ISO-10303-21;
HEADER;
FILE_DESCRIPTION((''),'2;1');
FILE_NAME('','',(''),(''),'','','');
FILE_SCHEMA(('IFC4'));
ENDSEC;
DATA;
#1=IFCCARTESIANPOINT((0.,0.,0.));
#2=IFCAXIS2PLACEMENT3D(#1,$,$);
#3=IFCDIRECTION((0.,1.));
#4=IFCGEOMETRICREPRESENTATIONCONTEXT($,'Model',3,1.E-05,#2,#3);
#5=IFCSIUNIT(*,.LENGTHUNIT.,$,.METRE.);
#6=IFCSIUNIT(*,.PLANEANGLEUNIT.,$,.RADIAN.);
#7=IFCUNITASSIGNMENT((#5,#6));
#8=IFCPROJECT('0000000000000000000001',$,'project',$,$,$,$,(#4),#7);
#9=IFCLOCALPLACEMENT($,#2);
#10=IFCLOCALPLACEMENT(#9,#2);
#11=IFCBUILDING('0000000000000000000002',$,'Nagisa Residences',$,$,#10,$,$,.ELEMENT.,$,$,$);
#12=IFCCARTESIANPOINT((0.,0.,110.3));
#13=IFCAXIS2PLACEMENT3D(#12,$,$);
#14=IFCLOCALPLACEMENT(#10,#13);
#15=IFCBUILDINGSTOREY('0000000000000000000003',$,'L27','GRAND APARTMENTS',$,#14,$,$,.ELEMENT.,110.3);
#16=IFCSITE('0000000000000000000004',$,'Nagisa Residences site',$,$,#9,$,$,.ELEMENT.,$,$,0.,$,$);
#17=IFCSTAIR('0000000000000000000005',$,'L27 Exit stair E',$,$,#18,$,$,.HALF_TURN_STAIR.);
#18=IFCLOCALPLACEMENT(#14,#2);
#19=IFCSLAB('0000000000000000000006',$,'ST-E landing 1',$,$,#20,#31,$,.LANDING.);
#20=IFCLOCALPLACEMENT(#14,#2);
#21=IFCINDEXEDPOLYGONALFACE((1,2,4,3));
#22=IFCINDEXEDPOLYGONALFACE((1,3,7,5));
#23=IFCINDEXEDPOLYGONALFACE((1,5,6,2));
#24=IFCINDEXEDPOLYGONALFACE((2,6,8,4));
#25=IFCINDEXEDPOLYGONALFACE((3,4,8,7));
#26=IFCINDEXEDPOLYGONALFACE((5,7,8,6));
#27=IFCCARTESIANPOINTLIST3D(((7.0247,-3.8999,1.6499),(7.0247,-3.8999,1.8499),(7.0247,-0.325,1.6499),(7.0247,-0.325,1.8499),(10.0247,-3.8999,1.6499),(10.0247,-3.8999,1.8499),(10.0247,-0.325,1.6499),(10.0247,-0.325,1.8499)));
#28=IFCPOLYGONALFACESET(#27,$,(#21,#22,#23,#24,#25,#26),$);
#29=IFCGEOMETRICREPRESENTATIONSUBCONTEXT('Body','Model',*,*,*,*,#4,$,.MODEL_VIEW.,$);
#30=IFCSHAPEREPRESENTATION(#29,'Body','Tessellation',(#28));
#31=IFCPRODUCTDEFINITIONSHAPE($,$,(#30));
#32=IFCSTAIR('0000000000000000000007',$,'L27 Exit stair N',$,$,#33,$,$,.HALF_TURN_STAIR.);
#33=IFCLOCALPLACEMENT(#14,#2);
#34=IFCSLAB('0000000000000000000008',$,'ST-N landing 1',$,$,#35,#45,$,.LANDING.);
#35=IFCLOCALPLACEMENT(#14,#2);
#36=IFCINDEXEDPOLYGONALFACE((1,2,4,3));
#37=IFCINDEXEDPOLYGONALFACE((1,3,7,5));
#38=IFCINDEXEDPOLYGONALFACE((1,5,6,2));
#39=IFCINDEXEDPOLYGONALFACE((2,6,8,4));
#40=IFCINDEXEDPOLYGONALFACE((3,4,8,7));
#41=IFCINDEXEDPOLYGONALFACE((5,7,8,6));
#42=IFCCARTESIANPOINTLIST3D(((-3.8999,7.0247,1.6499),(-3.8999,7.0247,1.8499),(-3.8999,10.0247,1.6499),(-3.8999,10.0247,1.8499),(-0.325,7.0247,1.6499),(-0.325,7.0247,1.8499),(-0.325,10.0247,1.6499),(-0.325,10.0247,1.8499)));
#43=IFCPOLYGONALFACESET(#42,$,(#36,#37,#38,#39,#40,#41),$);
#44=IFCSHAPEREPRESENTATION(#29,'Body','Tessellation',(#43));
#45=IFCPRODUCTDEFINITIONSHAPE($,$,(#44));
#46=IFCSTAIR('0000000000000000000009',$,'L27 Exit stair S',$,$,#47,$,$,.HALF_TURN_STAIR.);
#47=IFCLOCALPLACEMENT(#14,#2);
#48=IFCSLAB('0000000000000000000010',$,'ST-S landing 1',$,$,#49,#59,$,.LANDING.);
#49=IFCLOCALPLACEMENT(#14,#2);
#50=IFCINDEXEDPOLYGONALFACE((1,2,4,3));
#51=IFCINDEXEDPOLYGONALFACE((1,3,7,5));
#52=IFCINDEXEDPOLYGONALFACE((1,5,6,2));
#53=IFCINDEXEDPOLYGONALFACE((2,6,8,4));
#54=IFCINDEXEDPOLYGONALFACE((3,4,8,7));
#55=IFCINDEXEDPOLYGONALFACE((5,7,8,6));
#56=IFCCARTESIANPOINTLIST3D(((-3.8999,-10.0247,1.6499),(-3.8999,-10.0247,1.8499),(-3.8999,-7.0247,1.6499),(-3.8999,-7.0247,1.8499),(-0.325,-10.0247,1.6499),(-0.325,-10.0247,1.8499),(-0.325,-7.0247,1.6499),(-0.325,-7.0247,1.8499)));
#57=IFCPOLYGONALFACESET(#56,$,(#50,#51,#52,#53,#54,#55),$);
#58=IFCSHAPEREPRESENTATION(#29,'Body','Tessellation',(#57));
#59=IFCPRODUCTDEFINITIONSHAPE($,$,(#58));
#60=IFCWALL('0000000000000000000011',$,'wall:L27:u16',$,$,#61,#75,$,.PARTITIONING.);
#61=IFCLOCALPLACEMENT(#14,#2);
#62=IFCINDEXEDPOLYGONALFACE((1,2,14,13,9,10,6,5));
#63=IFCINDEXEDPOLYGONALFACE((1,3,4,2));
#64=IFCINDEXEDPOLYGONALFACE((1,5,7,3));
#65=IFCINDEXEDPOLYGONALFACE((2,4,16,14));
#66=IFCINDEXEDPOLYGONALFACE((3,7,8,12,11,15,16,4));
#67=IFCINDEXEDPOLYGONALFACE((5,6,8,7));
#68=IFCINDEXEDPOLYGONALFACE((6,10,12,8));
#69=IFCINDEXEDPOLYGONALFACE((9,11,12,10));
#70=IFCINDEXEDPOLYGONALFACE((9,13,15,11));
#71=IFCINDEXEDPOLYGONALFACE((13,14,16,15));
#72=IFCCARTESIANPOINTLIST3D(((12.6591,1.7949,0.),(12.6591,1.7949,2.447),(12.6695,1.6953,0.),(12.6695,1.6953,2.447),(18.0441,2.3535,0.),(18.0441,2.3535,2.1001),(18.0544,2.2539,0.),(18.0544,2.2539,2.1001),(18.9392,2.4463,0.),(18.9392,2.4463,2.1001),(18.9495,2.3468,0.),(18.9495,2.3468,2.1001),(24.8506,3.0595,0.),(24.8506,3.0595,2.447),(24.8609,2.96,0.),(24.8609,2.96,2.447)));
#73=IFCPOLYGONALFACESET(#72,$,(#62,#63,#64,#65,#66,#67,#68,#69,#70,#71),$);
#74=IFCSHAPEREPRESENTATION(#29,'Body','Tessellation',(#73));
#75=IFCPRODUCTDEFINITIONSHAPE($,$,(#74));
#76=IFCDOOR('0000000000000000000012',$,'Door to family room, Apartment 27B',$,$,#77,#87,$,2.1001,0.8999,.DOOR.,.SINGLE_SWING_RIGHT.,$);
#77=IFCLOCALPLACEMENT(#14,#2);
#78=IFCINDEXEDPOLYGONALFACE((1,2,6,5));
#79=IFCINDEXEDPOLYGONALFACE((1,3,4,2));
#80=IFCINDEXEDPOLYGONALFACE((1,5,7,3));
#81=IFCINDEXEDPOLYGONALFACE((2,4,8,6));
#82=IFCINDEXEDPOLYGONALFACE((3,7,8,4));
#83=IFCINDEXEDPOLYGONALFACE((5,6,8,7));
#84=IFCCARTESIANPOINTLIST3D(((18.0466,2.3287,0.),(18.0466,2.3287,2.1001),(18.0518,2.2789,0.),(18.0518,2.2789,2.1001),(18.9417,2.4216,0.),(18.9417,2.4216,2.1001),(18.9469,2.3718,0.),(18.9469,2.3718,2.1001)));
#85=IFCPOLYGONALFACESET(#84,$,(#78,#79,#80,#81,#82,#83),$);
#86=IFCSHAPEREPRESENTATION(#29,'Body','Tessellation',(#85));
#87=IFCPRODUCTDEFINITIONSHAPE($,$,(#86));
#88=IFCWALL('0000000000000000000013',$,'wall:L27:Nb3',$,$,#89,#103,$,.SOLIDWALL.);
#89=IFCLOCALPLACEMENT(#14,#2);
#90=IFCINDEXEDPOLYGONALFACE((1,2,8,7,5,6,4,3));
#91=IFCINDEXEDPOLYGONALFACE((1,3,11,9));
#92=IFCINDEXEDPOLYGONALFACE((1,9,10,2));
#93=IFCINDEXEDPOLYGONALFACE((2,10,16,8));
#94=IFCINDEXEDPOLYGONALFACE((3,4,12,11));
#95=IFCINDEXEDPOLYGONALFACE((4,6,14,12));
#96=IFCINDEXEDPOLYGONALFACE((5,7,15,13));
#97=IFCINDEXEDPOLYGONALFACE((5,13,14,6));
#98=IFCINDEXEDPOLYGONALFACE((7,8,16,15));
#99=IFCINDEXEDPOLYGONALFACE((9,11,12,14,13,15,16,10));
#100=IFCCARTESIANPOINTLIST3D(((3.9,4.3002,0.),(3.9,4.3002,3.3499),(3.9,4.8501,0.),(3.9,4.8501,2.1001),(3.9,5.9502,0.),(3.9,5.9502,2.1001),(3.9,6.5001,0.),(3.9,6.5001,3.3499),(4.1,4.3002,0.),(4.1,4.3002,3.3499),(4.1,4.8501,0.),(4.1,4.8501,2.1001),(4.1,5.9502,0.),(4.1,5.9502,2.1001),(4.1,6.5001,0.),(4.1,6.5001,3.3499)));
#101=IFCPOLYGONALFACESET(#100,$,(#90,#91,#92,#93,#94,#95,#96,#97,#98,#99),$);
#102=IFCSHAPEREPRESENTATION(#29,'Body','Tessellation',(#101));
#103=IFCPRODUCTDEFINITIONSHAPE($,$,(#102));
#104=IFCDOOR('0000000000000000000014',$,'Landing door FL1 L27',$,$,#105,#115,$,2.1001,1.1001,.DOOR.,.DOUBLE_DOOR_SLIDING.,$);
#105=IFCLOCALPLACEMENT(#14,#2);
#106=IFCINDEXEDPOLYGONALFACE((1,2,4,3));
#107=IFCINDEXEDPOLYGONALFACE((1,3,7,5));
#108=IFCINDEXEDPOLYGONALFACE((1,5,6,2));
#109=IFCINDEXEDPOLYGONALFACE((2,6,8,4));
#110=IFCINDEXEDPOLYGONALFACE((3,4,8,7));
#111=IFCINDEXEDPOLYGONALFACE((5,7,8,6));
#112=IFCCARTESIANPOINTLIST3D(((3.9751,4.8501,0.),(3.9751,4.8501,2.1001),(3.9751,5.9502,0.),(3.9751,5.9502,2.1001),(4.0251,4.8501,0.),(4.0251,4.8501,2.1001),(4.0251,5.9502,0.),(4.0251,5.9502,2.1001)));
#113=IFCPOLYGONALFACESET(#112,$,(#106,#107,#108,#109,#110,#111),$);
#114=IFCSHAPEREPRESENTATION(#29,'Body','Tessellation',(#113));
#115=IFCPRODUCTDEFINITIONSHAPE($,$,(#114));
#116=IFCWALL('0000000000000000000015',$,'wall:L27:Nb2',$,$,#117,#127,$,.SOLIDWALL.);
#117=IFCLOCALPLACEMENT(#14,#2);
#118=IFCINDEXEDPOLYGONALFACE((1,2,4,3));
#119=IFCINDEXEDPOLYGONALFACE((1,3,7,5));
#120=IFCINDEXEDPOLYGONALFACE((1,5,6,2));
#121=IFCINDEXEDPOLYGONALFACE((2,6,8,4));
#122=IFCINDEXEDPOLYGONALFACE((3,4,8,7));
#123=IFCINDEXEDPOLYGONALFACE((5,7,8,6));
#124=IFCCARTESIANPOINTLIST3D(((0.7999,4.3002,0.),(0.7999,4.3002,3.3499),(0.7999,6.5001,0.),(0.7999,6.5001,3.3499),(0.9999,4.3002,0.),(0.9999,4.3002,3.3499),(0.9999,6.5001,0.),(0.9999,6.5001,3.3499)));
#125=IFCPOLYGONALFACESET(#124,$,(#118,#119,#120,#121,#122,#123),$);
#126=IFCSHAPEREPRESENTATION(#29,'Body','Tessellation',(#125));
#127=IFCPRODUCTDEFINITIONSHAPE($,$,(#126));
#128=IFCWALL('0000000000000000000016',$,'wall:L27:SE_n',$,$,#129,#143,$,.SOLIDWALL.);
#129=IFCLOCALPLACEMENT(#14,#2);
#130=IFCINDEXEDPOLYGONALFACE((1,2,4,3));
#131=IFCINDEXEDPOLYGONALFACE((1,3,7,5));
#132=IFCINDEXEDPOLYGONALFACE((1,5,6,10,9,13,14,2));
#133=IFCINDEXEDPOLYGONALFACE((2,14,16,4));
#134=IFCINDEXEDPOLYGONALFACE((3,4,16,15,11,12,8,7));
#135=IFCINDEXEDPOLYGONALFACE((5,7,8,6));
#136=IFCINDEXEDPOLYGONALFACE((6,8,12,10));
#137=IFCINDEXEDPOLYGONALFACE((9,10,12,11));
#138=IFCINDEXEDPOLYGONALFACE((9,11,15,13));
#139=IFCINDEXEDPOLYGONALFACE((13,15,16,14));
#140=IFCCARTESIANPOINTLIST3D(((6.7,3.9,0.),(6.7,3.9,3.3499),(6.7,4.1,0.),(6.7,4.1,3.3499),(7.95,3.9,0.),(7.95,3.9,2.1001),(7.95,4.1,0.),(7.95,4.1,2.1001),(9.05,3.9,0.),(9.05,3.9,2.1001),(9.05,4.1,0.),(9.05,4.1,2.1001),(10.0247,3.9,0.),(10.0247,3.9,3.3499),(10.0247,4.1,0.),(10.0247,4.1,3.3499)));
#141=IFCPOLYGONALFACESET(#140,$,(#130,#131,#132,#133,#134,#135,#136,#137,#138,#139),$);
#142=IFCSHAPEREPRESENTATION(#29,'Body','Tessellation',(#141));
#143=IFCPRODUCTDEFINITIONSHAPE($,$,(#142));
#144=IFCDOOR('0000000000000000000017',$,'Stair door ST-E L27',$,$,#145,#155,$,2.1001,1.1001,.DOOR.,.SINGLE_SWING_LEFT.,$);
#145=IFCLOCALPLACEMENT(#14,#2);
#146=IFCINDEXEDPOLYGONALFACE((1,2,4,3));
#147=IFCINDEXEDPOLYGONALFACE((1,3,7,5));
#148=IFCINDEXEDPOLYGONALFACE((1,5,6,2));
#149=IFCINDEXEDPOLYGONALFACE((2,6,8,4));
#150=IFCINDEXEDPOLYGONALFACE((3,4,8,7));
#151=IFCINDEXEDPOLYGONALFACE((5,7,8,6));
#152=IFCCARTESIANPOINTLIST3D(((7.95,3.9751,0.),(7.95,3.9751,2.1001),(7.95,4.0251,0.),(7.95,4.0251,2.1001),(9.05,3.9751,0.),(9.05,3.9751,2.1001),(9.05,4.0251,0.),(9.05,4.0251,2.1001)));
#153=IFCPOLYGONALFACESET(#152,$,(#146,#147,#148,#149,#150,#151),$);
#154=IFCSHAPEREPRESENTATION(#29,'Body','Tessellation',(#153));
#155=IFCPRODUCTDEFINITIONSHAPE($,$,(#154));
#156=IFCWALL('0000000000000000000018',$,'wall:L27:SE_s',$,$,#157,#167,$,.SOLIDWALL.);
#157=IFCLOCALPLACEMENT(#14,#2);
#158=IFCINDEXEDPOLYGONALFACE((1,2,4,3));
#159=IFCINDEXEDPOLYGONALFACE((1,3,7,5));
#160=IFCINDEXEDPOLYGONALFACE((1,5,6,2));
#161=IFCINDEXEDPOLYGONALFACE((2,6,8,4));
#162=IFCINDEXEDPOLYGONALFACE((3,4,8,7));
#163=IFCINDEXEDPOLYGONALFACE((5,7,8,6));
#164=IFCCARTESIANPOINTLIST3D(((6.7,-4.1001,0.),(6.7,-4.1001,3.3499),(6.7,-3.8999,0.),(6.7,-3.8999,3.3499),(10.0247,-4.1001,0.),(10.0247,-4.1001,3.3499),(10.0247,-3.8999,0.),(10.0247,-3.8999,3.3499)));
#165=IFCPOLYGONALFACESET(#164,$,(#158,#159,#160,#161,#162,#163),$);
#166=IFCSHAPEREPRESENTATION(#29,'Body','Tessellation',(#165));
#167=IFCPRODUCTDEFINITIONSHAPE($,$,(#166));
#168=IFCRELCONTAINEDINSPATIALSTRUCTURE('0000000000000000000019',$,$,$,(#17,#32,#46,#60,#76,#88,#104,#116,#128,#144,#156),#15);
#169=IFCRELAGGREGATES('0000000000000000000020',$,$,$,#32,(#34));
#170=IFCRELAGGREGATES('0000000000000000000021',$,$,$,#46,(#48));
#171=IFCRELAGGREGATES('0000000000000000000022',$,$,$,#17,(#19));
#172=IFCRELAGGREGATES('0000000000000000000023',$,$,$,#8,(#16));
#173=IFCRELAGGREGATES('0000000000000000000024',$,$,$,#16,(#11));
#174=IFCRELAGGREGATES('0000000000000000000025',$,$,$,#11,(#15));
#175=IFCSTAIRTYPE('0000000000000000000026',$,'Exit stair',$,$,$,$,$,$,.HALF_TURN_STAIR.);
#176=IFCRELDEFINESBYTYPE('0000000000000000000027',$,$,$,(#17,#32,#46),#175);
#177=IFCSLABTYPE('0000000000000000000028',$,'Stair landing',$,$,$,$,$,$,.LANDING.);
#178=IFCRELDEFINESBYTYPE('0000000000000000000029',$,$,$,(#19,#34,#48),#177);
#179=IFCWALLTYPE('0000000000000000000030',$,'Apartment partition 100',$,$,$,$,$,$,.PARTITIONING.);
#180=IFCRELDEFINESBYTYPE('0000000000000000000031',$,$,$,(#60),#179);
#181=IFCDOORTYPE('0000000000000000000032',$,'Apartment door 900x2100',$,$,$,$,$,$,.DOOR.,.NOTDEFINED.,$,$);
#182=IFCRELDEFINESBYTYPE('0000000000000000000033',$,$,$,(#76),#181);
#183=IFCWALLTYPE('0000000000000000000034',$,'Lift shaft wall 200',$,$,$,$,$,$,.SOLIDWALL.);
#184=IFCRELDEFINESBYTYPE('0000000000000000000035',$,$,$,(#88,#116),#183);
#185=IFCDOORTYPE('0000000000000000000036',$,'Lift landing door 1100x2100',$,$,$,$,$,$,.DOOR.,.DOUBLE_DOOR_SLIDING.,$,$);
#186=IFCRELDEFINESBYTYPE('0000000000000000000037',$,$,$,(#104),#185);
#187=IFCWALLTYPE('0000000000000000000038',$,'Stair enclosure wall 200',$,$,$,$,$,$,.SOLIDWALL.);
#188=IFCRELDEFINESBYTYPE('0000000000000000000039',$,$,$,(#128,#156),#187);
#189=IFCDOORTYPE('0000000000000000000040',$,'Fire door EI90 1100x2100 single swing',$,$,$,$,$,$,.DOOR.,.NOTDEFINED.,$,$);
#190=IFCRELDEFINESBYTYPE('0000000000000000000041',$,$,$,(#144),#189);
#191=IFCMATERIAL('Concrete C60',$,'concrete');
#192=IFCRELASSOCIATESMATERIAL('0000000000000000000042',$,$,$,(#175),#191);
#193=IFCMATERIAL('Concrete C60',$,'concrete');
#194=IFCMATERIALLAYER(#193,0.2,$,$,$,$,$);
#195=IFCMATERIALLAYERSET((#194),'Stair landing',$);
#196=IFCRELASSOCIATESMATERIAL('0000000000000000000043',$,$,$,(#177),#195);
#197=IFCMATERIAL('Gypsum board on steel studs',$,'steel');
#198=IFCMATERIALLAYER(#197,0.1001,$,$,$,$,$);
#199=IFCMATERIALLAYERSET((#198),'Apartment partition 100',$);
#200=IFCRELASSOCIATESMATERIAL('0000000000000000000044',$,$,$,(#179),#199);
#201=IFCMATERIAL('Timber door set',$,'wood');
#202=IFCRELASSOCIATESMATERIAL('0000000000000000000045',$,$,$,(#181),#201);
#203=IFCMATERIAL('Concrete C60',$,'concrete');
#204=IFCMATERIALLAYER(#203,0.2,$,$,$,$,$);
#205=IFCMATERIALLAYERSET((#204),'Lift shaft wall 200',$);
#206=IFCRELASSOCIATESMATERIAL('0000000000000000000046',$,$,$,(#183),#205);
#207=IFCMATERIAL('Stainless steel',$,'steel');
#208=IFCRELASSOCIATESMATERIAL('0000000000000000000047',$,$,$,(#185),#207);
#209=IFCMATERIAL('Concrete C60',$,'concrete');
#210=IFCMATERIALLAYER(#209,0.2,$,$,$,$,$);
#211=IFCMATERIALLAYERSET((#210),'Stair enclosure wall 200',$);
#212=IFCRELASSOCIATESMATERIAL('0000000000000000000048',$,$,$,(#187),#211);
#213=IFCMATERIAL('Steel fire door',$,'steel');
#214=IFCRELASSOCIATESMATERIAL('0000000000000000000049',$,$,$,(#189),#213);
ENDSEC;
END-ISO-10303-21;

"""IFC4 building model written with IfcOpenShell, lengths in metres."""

from ifc_helpers import new_model, si_unit, direction, frame, frame_2d, origin, place, context, subcontext, project, spatial, polyline, rectangle, outline, extrude, material, layer, layer_set, type_object, element, fill, aggregate, save


model = new_model("IFC4")

# Units and contexts
model_context = context("Model", 3, precision=1e-05, world=origin(), true_north=direction((0.0, 1.0)))
body_context = subcontext(model_context, "Body", "Model", "MODEL_VIEW")
ifc_project = project(units=[si_unit("LENGTHUNIT", "METRE"), si_unit("PLANEANGLEUNIT", "RADIAN")], contexts=[model_context])

# Site, building, storey
site_placement = place(None, origin())
site = spatial("IfcSite", under=ifc_project, at=site_placement, Name="Nagisa Residences site", CompositionType="ELEMENT", RefElevation=0.0)
building_placement = place(site_placement, origin())
building = spatial("IfcBuilding", under=site, at=building_placement, Name="Nagisa Residences", CompositionType="ELEMENT")
storey_placement = place(building_placement, frame((0.0, 0.0, 110.3)))
storey = spatial("IfcBuildingStorey", under=building, at=storey_placement, Name="L27", Description="GRAND APARTMENTS", CompositionType="ELEMENT", Elevation=110.3)

# Stairs, slabs
ifc_material_1 = material(Name="Concrete C60", Category="concrete")
stair_type = type_object("IfcStairType", Name="Exit stair", PredefinedType="HALF_TURN_STAIR", material=ifc_material_1)
stair_1_placement = place(storey_placement, origin())
stair_1 = element("IfcStair", 1, at=stair_1_placement, inside=storey, type_object=stair_type, Name="L27 Exit stair E", PredefinedType="HALF_TURN_STAIR")
ifc_material_2 = material(Name="Concrete C60", Category="concrete")
ifc_layer_1 = layer(ifc_material_2, 0.2)
ifc_layer_set_1 = layer_set([ifc_layer_1], Name="Stair landing")
slab_type = type_object("IfcSlabType", Name="Stair landing", PredefinedType="LANDING", material=ifc_layer_set_1)
slab_1_placement = place(storey_placement, frame((0.0, 0.0, 1.6499)))
slab_1 = element("IfcSlab", 2, at=slab_1_placement, type_object=slab_type, Name="ST-E landing 1", PredefinedType="LANDING", context=body_context, shape_type="SweptSolid", body=[
    extrude(outline(polyline([(7.0247, -0.325), (7.0247, -3.8999), (10.0247, -3.8999), (10.0247, -0.325), (7.0247, -0.325)])), origin(), (0.0, 0.0, 1.0), 0.2),
])
stair_2_placement = place(storey_placement, origin())
stair_2 = element("IfcStair", 3, at=stair_2_placement, inside=storey, type_object=stair_type, Name="L27 Exit stair N", PredefinedType="HALF_TURN_STAIR")
slab_2_placement = place(storey_placement, frame((0.0, 0.0, 1.6499)))
slab_2 = element("IfcSlab", 4, at=slab_2_placement, type_object=slab_type, Name="ST-N landing 1", PredefinedType="LANDING", context=body_context, shape_type="SweptSolid", body=[
    extrude(outline(polyline([(-0.325, 10.0247), (-3.8999, 10.0247), (-3.8999, 7.0247), (-0.325, 7.0247), (-0.325, 10.0247)])), origin(), (0.0, 0.0, 1.0), 0.2),
])
aggregate(stair_2, [slab_2])
stair_3_placement = place(storey_placement, origin())
stair_3 = element("IfcStair", 5, at=stair_3_placement, inside=storey, type_object=stair_type, Name="L27 Exit stair S", PredefinedType="HALF_TURN_STAIR")
slab_3_placement = place(storey_placement, frame((0.0, 0.0, 1.6499)))
slab_3 = element("IfcSlab", 6, at=slab_3_placement, type_object=slab_type, Name="ST-S landing 1", PredefinedType="LANDING", context=body_context, shape_type="SweptSolid", body=[
    extrude(outline(polyline([(-0.325, -7.0247), (-3.8999, -7.0247), (-3.8999, -10.0247), (-0.325, -10.0247), (-0.325, -7.0247)])), origin(), (0.0, 0.0, 1.0), 0.2),
])
aggregate(stair_3, [slab_3])

# Walls, openings, doors
ifc_material_3 = material(Name="Gypsum board on steel studs", Category="steel")
ifc_layer_2 = layer(ifc_material_3, 0.1001)
ifc_layer_set_2 = layer_set([ifc_layer_2], Name="Apartment partition 100")
wall_type_1 = type_object("IfcWallType", Name="Apartment partition 100", PredefinedType="PARTITIONING", material=ifc_layer_set_2)
wall_1_placement = place(storey_placement, frame((12.6643, 1.7451, 0.0), z_axis=(0.0, 0.0, 1.0), x_axis=(0.994663, 0.103179, 0.0)))
wall_1 = element("IfcWall", 7, at=wall_1_placement, inside=storey, type_object=wall_type_1, Name="wall:L27:u16", PredefinedType="PARTITIONING", context=body_context, shape_type="SweptSolid", body=[
    extrude(rectangle(XDim=12.2568, YDim=0.1001, at=frame_2d((6.1284, 0.0))), origin(), (0.0, 0.0, 1.0), 2.447),
])
opening_1_placement = place(wall_1_placement, frame((5.4138, 0.0, 0.0)))
opening_1 = element("IfcOpeningElement", 8, at=opening_1_placement, cuts=wall_1, PredefinedType="OPENING", context=body_context, shape_type="SweptSolid", body=[
    extrude(rectangle(XDim=0.8999, YDim=2.1001, at=frame_2d((0.45, 1.05))), frame((0.0, 0.0601, 0.0), z_axis=(0.0, -1.0, 0.0), x_axis=(1.0, 0.0, 0.0)), (0.0, 0.0, 1.0), 0.1201),
])
ifc_material_4 = material(Name="Timber door set", Category="wood")
door_type_1 = type_object("IfcDoorType", Name="Apartment door 900x2100", OperationType="NOTDEFINED", PredefinedType="DOOR", material=ifc_material_4)
door_1_placement = place(opening_1_placement, frame((0.8999, 0.0, 0.0), x_axis=(-1.0, 0.0, 0.0)))
door_1 = element("IfcDoor", 9, at=door_1_placement, inside=storey, type_object=door_type_1, Name="Door to family room, Apartment 27B", OperationType="SINGLE_SWING_RIGHT", OverallHeight=2.1001, OverallWidth=0.8999, PredefinedType="DOOR", context=body_context, shape_type="SweptSolid", body=[
    extrude(rectangle(XDim=0.8999, YDim=2.1001, at=frame_2d((0.45, 1.05))), frame((0.0, 0.0249, 0.0), z_axis=(0.0, -1.0, 0.0), x_axis=(1.0, 0.0, 0.0)), (0.0, 0.0, 1.0), 0.05),
])
fill(opening_1, door_1)
ifc_material_5 = material(Name="Concrete C60", Category="concrete")
ifc_layer_3 = layer(ifc_material_5, 0.2)
ifc_layer_set_3 = layer_set([ifc_layer_3], Name="Lift shaft wall 200")
wall_type_2 = type_object("IfcWallType", Name="Lift shaft wall 200", PredefinedType="SOLIDWALL", material=ifc_layer_set_3)
wall_2_placement = place(storey_placement, frame((4.0, 4.3, 0.0), z_axis=(0.0, 0.0, 1.0), x_axis=(0.0, 1.0, 0.0)))
wall_2 = element("IfcWall", 10, at=wall_2_placement, inside=storey, type_object=wall_type_2, Name="wall:L27:Nb3", PredefinedType="SOLIDWALL", context=body_context, shape_type="SweptSolid", body=[
    extrude(rectangle(XDim=2.2, YDim=0.2, at=frame_2d((1.1001, 0.0))), origin(), (0.0, 0.0, 1.0), 3.3499),
])
opening_2_placement = place(wall_2_placement, frame((0.55, 0.0, 0.0)))
opening_2 = element("IfcOpeningElement", 11, at=opening_2_placement, cuts=wall_2, PredefinedType="OPENING", context=body_context, shape_type="SweptSolid", body=[
    extrude(rectangle(XDim=1.1001, YDim=2.1001, at=frame_2d((0.55, 1.05))), frame((0.0, 0.1099, 0.0), z_axis=(0.0, -1.0, 0.0), x_axis=(1.0, 0.0, 0.0)), (0.0, 0.0, 1.0), 0.22),
])
ifc_material_6 = material(Name="Stainless steel", Category="steel")
door_type_2 = type_object("IfcDoorType", Name="Lift landing door 1100x2100", OperationType="DOUBLE_DOOR_SLIDING", PredefinedType="DOOR", material=ifc_material_6)
door_2_placement = place(opening_2_placement, origin())
door_2 = element("IfcDoor", 12, at=door_2_placement, inside=storey, type_object=door_type_2, Name="Landing door FL1 L27", OperationType="DOUBLE_DOOR_SLIDING", OverallHeight=2.1001, OverallWidth=1.1001, PredefinedType="DOOR", context=body_context, shape_type="SweptSolid", body=[
    extrude(rectangle(XDim=1.1001, YDim=2.1001, at=frame_2d((0.55, 1.05))), frame((0.0, 0.0249, 0.0), z_axis=(0.0, -1.0, 0.0), x_axis=(1.0, 0.0, 0.0)), (0.0, 0.0, 1.0), 0.05),
])
fill(opening_2, door_2)

# Wall
wall_3_placement = place(storey_placement, frame((0.8999, 4.3, 0.0), z_axis=(0.0, 0.0, 1.0), x_axis=(0.0, 1.0, 0.0)))
element("IfcWall", 13, at=wall_3_placement, inside=storey, type_object=wall_type_2, Name="wall:L27:Nb2", PredefinedType="SOLIDWALL", context=body_context, shape_type="SweptSolid", body=[
    extrude(rectangle(XDim=2.2, YDim=0.2, at=frame_2d((1.1001, 0.0))), origin(), (0.0, 0.0, 1.0), 3.3499),
])

# Wall, opening, door
ifc_material_7 = material(Name="Concrete C60", Category="concrete")
ifc_layer_4 = layer(ifc_material_7, 0.2)
ifc_layer_set_4 = layer_set([ifc_layer_4], Name="Stair enclosure wall 200")
wall_type_3 = type_object("IfcWallType", Name="Stair enclosure wall 200", PredefinedType="SOLIDWALL", material=ifc_layer_set_4)
wall_4_placement = place(storey_placement, frame((6.7, 4.0, 0.0), z_axis=(0.0, 0.0, 1.0), x_axis=(1.0, 0.0, 0.0)))
wall_4 = element("IfcWall", 14, at=wall_4_placement, inside=storey, type_object=wall_type_3, Name="wall:L27:SE_n", PredefinedType="SOLIDWALL", context=body_context, shape_type="SweptSolid", body=[
    extrude(rectangle(XDim=3.3247, YDim=0.2, at=frame_2d((1.6624, 0.0))), origin(), (0.0, 0.0, 1.0), 3.3499),
])
opening_3_placement = place(wall_4_placement, frame((1.25, 0.0, 0.0)))
opening_3 = element("IfcOpeningElement", 15, at=opening_3_placement, cuts=wall_4, PredefinedType="OPENING", context=body_context, shape_type="SweptSolid", body=[
    extrude(rectangle(XDim=1.1001, YDim=2.1001, at=frame_2d((0.55, 1.05))), frame((0.0, 0.1099, 0.0), z_axis=(0.0, -1.0, 0.0), x_axis=(1.0, 0.0, 0.0)), (0.0, 0.0, 1.0), 0.22),
])
ifc_material_8 = material(Name="Steel fire door", Category="steel")
door_type_3 = type_object("IfcDoorType", Name="Fire door EI90 1100x2100 single swing", OperationType="NOTDEFINED", PredefinedType="DOOR", material=ifc_material_8)
door_3_placement = place(opening_3_placement, frame((1.1001, 0.0, 0.0), x_axis=(-1.0, 0.0, 0.0)))
door_3 = element("IfcDoor", 16, at=door_3_placement, inside=storey, type_object=door_type_3, Name="Stair door ST-E L27", OperationType="SINGLE_SWING_LEFT", OverallHeight=2.1001, OverallWidth=1.1001, PredefinedType="DOOR", context=body_context, shape_type="SweptSolid", body=[
    extrude(rectangle(XDim=1.1001, YDim=2.1001, at=frame_2d((0.55, 1.05))), frame((0.0, 0.0249, 0.0), z_axis=(0.0, -1.0, 0.0), x_axis=(1.0, 0.0, 0.0)), (0.0, 0.0, 1.0), 0.05),
])
fill(opening_3, door_3)

# Wall
wall_5_placement = place(storey_placement, origin())
element("IfcWall", 17, at=wall_5_placement, inside=storey, type_object=wall_type_3, Name="wall:L27:SE_s", PredefinedType="SOLIDWALL", context=body_context, shape_type="SweptSolid", body=[
    extrude(outline(polyline([(10.0247, -4.1001), (6.7, -4.1001), (6.7, -3.8999), (10.0247, -3.8999), (10.0247, -4.1001)])), origin(), (0.0, 0.0, 1.0), 3.3499),
])

aggregate(stair_1, [slab_1])

save(model, "model.ifc")
